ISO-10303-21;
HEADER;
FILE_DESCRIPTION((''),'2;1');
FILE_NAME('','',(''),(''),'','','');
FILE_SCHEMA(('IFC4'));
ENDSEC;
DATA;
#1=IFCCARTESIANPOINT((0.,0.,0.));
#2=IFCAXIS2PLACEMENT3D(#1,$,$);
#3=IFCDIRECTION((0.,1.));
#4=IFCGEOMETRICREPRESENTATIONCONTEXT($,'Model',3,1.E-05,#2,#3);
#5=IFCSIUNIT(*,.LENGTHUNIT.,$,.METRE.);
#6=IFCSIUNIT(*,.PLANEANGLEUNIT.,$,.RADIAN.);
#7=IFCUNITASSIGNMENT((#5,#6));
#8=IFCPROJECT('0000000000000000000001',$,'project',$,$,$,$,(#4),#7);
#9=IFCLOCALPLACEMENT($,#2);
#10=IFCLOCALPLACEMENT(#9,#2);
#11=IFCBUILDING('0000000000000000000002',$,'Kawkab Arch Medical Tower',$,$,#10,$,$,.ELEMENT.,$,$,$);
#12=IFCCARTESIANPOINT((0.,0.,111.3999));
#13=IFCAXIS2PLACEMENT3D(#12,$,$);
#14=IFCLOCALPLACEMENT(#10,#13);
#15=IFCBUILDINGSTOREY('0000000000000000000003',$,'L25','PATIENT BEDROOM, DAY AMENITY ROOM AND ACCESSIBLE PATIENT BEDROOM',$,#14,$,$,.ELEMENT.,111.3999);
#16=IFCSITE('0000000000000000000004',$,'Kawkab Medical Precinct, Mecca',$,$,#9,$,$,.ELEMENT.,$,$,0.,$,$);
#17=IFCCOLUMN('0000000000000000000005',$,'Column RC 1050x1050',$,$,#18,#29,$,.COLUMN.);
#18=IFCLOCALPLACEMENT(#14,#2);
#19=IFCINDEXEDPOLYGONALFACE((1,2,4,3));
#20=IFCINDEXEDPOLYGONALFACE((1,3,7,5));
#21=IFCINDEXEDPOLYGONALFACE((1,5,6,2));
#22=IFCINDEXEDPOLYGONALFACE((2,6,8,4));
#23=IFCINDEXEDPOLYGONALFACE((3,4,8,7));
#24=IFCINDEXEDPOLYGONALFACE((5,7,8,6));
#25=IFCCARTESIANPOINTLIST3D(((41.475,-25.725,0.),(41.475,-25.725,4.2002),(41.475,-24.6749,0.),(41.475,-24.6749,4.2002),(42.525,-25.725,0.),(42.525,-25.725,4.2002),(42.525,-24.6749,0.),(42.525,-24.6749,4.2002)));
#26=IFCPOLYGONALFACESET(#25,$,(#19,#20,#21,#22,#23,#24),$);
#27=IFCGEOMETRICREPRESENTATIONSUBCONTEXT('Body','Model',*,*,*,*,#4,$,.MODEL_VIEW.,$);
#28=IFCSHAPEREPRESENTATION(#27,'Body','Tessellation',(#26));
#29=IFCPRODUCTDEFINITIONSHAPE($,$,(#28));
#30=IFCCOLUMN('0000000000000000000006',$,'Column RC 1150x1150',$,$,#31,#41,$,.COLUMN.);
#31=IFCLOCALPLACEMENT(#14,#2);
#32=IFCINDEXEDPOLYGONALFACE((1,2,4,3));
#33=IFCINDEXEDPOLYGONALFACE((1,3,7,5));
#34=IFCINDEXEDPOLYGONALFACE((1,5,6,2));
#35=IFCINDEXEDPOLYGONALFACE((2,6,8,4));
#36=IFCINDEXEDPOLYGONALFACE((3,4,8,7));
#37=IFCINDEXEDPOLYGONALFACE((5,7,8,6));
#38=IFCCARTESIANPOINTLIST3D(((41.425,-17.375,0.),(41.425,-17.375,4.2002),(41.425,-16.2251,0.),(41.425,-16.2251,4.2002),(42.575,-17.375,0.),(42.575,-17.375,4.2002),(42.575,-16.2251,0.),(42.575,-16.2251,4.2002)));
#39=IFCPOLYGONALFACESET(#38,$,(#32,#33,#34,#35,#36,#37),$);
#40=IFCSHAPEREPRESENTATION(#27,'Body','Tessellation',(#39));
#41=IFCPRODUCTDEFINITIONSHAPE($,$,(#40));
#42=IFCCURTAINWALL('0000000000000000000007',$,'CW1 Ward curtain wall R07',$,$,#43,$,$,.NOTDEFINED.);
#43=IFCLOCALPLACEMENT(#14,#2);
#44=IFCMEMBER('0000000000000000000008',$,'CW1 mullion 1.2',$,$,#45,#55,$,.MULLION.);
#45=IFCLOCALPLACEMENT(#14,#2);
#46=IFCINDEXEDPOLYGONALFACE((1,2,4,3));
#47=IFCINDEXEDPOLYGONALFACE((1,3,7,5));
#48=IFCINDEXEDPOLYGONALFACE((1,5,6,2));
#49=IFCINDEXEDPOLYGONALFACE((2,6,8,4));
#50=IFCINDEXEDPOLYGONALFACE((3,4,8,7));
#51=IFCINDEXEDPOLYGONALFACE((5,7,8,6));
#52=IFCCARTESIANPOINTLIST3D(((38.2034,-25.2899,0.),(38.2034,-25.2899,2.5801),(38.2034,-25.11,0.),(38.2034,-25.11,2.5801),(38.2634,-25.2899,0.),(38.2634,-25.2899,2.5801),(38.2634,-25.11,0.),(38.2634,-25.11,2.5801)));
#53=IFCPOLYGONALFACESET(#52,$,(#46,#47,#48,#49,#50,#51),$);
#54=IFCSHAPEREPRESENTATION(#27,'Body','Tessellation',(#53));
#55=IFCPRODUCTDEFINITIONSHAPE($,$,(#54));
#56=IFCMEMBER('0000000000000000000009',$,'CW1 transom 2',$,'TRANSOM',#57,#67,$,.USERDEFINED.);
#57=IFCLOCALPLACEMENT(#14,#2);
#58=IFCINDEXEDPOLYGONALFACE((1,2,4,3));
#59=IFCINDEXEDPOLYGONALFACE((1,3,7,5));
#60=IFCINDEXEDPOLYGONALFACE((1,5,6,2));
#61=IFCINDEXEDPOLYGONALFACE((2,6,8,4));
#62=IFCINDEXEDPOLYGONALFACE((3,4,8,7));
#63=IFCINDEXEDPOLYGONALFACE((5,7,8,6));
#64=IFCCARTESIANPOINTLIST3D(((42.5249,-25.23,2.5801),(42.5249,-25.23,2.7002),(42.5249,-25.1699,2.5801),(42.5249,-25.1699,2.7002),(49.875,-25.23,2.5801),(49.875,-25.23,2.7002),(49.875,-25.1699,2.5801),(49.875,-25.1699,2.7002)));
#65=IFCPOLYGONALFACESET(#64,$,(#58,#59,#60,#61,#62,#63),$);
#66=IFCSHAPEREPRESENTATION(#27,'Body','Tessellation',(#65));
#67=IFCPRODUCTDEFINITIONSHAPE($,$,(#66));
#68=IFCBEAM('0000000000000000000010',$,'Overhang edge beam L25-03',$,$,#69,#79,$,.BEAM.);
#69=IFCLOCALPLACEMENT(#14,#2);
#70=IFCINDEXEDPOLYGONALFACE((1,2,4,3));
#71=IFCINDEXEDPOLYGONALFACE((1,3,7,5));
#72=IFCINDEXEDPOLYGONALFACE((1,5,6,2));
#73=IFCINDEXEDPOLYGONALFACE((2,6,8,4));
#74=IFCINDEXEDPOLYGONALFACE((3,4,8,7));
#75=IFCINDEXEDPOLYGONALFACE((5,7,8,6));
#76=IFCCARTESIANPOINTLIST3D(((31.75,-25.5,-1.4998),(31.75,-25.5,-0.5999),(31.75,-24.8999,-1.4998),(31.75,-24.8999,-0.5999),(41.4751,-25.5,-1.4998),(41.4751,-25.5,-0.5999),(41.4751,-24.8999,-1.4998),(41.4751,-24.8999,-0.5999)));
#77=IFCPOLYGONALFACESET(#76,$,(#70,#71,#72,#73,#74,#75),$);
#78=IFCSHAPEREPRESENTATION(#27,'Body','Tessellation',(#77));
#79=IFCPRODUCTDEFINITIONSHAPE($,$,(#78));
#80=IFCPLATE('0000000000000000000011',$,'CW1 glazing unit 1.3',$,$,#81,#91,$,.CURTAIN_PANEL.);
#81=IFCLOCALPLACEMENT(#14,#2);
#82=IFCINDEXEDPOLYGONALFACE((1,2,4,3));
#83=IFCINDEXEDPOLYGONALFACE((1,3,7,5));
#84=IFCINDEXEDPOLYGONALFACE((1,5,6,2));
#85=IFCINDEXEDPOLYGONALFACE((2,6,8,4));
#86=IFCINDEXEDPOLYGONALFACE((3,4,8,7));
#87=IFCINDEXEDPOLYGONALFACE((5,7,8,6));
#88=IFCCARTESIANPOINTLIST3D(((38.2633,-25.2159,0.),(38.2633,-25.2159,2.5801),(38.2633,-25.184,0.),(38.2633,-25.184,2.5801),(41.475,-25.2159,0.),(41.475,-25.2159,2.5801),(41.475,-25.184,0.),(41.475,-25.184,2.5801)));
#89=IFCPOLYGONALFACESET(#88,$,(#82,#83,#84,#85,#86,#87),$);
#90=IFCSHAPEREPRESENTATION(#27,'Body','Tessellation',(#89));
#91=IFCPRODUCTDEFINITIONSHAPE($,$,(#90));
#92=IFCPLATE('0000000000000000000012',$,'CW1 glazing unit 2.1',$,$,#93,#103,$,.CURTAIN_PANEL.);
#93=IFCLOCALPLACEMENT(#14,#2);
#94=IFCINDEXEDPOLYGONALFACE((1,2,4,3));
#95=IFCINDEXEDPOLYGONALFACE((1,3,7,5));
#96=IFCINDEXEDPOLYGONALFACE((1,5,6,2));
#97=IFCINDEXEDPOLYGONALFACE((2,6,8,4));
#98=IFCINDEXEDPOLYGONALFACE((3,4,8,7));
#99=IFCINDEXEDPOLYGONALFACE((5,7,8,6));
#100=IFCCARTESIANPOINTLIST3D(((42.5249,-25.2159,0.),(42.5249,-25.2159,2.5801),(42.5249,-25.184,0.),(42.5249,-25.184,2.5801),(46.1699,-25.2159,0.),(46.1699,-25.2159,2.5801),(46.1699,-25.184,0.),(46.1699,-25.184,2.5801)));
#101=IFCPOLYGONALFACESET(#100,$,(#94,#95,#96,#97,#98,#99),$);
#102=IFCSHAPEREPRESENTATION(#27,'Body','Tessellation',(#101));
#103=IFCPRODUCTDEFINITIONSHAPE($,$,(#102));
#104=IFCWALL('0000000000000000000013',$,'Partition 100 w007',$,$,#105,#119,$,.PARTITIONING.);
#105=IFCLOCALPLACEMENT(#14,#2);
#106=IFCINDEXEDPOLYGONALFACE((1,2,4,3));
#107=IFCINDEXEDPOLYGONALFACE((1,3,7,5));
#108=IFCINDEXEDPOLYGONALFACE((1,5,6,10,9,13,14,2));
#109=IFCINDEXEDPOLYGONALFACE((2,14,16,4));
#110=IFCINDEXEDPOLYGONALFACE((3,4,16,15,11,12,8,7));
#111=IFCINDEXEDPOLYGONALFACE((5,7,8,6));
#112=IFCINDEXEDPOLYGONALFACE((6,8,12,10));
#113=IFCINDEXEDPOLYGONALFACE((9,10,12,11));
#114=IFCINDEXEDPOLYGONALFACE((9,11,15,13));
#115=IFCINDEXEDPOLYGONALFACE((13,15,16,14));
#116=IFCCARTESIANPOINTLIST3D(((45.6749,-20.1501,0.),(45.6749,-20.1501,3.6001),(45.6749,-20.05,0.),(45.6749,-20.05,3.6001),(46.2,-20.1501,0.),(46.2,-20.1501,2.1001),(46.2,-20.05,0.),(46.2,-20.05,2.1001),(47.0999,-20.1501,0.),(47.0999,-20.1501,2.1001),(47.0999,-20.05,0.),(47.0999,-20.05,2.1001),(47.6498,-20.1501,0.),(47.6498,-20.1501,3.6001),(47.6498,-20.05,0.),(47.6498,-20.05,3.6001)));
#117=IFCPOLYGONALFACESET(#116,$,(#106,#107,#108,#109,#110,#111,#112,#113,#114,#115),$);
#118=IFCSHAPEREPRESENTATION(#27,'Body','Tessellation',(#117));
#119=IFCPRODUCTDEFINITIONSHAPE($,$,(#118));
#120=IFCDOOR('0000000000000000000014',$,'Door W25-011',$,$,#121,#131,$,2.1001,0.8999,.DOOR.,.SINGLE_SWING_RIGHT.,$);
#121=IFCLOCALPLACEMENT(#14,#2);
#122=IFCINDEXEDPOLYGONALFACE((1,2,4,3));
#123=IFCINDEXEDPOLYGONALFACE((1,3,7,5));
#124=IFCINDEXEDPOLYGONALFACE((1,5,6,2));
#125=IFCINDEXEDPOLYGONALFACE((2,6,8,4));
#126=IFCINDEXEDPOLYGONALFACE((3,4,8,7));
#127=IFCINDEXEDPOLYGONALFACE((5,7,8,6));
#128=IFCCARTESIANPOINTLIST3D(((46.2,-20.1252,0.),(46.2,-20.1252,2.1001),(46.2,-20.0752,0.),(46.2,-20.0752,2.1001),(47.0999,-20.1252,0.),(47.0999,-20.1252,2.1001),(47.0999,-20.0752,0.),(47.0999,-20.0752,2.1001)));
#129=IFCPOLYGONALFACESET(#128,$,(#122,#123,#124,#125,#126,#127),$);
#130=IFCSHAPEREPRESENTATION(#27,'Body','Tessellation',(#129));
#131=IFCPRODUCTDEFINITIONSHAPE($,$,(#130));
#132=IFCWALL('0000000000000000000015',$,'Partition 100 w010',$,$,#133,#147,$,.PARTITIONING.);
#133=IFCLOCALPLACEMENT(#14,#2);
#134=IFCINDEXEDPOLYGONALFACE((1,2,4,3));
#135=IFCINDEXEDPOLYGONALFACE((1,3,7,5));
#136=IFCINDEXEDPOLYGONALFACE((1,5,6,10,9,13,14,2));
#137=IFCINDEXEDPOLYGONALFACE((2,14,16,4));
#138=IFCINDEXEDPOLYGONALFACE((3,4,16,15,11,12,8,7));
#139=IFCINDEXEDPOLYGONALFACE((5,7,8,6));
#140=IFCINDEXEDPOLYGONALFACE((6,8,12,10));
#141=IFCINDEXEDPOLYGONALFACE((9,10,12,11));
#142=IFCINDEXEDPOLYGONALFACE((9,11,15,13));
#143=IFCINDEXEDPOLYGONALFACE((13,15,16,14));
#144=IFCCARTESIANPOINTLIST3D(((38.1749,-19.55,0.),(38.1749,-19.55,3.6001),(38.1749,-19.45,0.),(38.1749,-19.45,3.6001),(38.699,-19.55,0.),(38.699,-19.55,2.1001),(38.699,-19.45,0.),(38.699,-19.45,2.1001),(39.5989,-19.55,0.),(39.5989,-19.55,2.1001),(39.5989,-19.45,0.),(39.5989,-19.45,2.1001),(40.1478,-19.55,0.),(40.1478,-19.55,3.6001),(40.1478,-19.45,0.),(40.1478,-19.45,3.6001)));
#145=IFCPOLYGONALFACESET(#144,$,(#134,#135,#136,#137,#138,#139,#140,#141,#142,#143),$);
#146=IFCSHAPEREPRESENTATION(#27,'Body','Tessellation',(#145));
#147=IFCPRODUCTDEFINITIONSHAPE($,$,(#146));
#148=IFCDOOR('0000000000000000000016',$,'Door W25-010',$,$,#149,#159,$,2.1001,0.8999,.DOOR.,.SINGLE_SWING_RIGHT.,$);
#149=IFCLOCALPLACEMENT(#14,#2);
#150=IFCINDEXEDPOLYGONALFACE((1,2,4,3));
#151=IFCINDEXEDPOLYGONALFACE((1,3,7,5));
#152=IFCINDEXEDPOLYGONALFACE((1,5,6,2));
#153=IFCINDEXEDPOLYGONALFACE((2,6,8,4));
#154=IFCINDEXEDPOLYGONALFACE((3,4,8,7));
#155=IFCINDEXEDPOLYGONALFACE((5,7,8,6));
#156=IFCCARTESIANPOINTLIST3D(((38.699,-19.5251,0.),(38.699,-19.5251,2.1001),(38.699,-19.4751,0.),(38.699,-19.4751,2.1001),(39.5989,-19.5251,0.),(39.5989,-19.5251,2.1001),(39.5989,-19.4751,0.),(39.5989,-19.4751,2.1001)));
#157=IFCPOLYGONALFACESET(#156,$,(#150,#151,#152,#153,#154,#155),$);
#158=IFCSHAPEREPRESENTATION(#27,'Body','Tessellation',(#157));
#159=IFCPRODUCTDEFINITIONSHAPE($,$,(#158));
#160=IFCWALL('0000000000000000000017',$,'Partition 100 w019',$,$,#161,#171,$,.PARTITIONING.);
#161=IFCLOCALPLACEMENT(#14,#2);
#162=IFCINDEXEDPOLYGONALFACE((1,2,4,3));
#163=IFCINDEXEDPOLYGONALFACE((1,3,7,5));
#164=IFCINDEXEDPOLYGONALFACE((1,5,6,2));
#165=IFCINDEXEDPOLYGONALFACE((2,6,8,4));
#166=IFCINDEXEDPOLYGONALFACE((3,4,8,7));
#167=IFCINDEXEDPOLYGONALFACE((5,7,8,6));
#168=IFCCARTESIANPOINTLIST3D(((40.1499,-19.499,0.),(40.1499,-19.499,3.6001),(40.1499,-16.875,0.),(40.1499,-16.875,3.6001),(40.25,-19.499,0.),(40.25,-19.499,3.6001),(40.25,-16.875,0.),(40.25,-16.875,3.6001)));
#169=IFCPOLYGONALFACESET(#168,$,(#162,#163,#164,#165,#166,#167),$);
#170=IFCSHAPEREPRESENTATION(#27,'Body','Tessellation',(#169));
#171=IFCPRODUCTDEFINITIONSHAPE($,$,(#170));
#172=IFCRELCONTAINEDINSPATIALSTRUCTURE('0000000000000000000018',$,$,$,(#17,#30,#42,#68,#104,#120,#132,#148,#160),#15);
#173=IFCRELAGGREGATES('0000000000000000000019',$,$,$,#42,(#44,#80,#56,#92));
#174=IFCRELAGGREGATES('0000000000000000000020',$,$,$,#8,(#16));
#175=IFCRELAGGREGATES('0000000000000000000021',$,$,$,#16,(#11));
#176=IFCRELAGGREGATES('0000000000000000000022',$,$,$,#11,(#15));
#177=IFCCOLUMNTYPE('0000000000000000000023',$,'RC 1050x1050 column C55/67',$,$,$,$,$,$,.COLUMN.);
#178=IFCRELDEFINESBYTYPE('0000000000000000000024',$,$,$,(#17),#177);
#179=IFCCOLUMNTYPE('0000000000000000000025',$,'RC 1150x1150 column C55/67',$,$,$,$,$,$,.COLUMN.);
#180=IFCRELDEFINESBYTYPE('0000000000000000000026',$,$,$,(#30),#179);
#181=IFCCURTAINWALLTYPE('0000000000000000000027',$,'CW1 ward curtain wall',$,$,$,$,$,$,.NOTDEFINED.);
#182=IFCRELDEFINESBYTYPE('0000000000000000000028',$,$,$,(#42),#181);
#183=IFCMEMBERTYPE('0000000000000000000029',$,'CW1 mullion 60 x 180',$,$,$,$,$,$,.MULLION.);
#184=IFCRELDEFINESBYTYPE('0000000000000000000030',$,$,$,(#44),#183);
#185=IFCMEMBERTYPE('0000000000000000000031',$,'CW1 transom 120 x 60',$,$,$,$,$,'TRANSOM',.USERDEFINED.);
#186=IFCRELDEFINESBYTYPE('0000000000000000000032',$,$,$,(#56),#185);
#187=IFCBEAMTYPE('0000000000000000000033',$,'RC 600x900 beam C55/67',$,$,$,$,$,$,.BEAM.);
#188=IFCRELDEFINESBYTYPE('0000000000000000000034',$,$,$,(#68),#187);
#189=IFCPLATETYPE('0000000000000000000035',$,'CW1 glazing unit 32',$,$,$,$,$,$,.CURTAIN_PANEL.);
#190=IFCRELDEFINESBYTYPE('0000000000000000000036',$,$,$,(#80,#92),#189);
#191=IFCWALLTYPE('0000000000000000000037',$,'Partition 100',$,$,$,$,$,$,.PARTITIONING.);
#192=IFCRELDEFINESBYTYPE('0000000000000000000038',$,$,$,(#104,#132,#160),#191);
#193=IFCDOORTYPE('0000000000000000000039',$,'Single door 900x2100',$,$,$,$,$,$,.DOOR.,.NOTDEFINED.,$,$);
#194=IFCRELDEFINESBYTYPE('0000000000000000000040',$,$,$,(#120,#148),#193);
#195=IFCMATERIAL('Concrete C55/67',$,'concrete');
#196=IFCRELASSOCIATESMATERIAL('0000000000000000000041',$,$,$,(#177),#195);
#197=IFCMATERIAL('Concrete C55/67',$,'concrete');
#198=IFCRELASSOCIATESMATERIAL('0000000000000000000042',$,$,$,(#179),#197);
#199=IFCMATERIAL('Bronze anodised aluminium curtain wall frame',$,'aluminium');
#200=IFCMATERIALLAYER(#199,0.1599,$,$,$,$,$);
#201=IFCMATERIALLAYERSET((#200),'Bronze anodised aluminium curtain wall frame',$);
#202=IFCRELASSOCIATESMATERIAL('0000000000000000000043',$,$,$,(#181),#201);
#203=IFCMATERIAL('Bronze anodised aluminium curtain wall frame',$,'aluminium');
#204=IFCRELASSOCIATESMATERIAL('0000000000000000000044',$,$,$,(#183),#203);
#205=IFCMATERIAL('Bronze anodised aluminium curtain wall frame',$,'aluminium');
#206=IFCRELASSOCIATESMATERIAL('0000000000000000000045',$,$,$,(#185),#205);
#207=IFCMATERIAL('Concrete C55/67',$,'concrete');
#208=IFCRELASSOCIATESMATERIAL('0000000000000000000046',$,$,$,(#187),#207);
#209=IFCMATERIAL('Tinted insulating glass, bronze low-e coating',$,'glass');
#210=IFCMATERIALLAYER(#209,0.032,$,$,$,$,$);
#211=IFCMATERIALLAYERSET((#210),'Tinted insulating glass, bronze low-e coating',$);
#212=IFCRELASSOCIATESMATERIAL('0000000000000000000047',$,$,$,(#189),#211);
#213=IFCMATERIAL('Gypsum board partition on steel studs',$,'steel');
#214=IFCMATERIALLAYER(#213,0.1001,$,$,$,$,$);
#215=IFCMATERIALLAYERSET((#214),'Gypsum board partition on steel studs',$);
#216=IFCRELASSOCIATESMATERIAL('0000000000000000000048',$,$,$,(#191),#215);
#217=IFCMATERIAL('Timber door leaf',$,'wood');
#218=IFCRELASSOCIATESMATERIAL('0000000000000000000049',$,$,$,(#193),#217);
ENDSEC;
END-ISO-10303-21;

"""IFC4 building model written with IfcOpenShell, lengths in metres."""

from ifc_helpers import new_model, si_unit, direction, frame, frame_2d, origin, origin_2d, place, context, subcontext, project, spatial, rectangle, extrude, material, layer, layer_set, material_profile, profile_set, type_object, element, fill, aggregate, save


model = new_model("IFC4")

# Units and contexts
model_context = context("Model", 3, precision=1e-05, world=origin(), true_north=direction((0.0, 1.0)))
body_context = subcontext(model_context, "Body", "Model", "MODEL_VIEW")
ifc_project = project(units=[si_unit("LENGTHUNIT", "METRE"), si_unit("PLANEANGLEUNIT", "RADIAN")], contexts=[model_context])

# Site, building, storey
site_placement = place(None, origin())
site = spatial("IfcSite", under=ifc_project, at=site_placement, Name="Kawkab Medical Precinct, Mecca", CompositionType="ELEMENT", RefElevation=0.0)
building_placement = place(site_placement, origin())
building = spatial("IfcBuilding", under=site, at=building_placement, Name="Kawkab Arch Medical Tower", CompositionType="ELEMENT")
storey_placement = place(building_placement, frame((0.0, 0.0, 111.3999)))
storey = spatial("IfcBuildingStorey", under=building, at=storey_placement, Name="L25", Description="PATIENT BEDROOM, DAY AMENITY ROOM AND ACCESSIBLE PATIENT BEDROOM", CompositionType="ELEMENT", Elevation=111.3999)

# Columns
ifc_material_1 = material(Name="Concrete C55/67", Category="concrete")
ifc_material_profile_1 = material_profile(ifc_material_1, rectangle(XDim=1.05, YDim=1.05, at=origin_2d()), Name="RC 1050x1050")
ifc_profile_set_1 = profile_set([ifc_material_profile_1], Name="Concrete C55/67")
column_type_1 = type_object("IfcColumnType", Name="RC 1050x1050 column C55/67", PredefinedType="COLUMN", material=ifc_profile_set_1)
column_1_placement = place(storey_placement, frame((42.0, -25.2, 0.0), z_axis=(0.0, 0.0, 1.0), x_axis=(1.0, 0.0, 0.0)))
element("IfcColumn", 1, at=column_1_placement, inside=storey, type_object=column_type_1, Name="Column RC 1050x1050", PredefinedType="COLUMN", context=body_context, shape_type="SweptSolid", body=[
    extrude(rectangle(XDim=1.05, YDim=1.05, at=origin_2d()), origin(), (0.0, 0.0, 1.0), 4.2002),
])
ifc_material_2 = material(Name="Concrete C55/67", Category="concrete")
ifc_material_profile_2 = material_profile(ifc_material_2, rectangle(XDim=1.1499, YDim=1.1499, at=origin_2d()), Name="RC 1150x1150")
ifc_profile_set_2 = profile_set([ifc_material_profile_2], Name="Concrete C55/67")
column_type_2 = type_object("IfcColumnType", Name="RC 1150x1150 column C55/67", PredefinedType="COLUMN", material=ifc_profile_set_2)
column_2_placement = place(storey_placement, frame((42.0, -16.8, 0.0), z_axis=(0.0, 0.0, 1.0), x_axis=(1.0, 0.0, 0.0)))
element("IfcColumn", 2, at=column_2_placement, inside=storey, type_object=column_type_2, Name="Column RC 1150x1150", PredefinedType="COLUMN", context=body_context, shape_type="SweptSolid", body=[
    extrude(rectangle(XDim=1.1499, YDim=1.1499, at=origin_2d()), origin(), (0.0, 0.0, 1.0), 4.2002),
])

# Curtain wall, members
ifc_material_3 = material(Name="Bronze anodised aluminium curtain wall frame", Category="aluminium")
ifc_layer_1 = layer(ifc_material_3, 0.1599)
ifc_layer_set_1 = layer_set([ifc_layer_1], Name="Bronze anodised aluminium curtain wall frame")
curtain_wall_type = type_object("IfcCurtainWallType", Name="CW1 ward curtain wall", PredefinedType="NOTDEFINED", material=ifc_layer_set_1)
curtain_wall_placement = place(storey_placement, origin())
curtain_wall = element("IfcCurtainWall", 3, at=curtain_wall_placement, inside=storey, type_object=curtain_wall_type, Name="CW1 Ward curtain wall R07", PredefinedType="NOTDEFINED")
ifc_material_4 = material(Name="Bronze anodised aluminium curtain wall frame", Category="aluminium")
ifc_material_profile_3 = material_profile(ifc_material_4, rectangle(XDim=0.1799, YDim=0.0601, at=origin_2d()), Name="AL 60x180")
ifc_profile_set_3 = profile_set([ifc_material_profile_3], Name="Bronze anodised aluminium curtain wall frame")
member_type_1 = type_object("IfcMemberType", Name="CW1 mullion 60 x 180", PredefinedType="MULLION", material=ifc_profile_set_3)
member_1_placement = place(storey_placement, frame((38.2334, -25.2, 0.0), z_axis=(0.0, 0.0, 1.0), x_axis=(0.0, 1.0, 0.0)))
member_1 = element("IfcMember", 4, at=member_1_placement, type_object=member_type_1, Name="CW1 mullion 1.2", PredefinedType="MULLION", context=body_context, shape_type="SweptSolid", body=[
    extrude(rectangle(XDim=0.1799, YDim=0.0601, at=origin_2d()), origin(), (0.0, 0.0, 1.0), 2.5801),
])
ifc_material_5 = material(Name="Bronze anodised aluminium curtain wall frame", Category="aluminium")
ifc_material_profile_4 = material_profile(ifc_material_5, rectangle(XDim=0.0601, YDim=0.1201, at=origin_2d()), Name="AL 60x120")
ifc_profile_set_4 = profile_set([ifc_material_profile_4], Name="Bronze anodised aluminium curtain wall frame")
member_type_2 = type_object("IfcMemberType", Name="CW1 transom 120 x 60", ElementType="TRANSOM", PredefinedType="USERDEFINED", material=ifc_profile_set_4)
member_2_placement = place(storey_placement, frame((42.5249, -25.2, 2.6401), z_axis=(1.0, 0.0, 0.0), x_axis=(0.0, 1.0, 0.0)))
member_2 = element("IfcMember", 5, at=member_2_placement, type_object=member_type_2, Name="CW1 transom 2", ObjectType="TRANSOM", PredefinedType="USERDEFINED", context=body_context, shape_type="SweptSolid", body=[
    extrude(rectangle(XDim=0.0601, YDim=0.1201, at=origin_2d()), origin(), (0.0, 0.0, 1.0), 7.3501),
])

# Beam
ifc_material_6 = material(Name="Concrete C55/67", Category="concrete")
ifc_material_profile_5 = material_profile(ifc_material_6, rectangle(XDim=0.6001, YDim=0.8999, at=origin_2d()), Name="RC 600x900")
ifc_profile_set_5 = profile_set([ifc_material_profile_5], Name="Concrete C55/67")
beam_type = type_object("IfcBeamType", Name="RC 600x900 beam C55/67", PredefinedType="BEAM", material=ifc_profile_set_5)
beam_placement = place(storey_placement, frame((41.4751, -25.2, -1.0498), z_axis=(-1.0, 0.0, 0.0), x_axis=(0.0, -1.0, 0.0)))
element("IfcBeam", 6, at=beam_placement, inside=storey, type_object=beam_type, Name="Overhang edge beam L25-03", PredefinedType="BEAM", context=body_context, shape_type="SweptSolid", body=[
    extrude(rectangle(XDim=0.6001, YDim=0.8999, at=origin_2d()), origin(), (0.0, 0.0, 1.0), 9.7251),
])

# Plates
ifc_material_7 = material(Name="Tinted insulating glass, bronze low-e coating", Category="glass")
ifc_layer_2 = layer(ifc_material_7, 0.032)
ifc_layer_set_2 = layer_set([ifc_layer_2], Name="Tinted insulating glass, bronze low-e coating")
plate_type = type_object("IfcPlateType", Name="CW1 glazing unit 32", PredefinedType="CURTAIN_PANEL", material=ifc_layer_set_2)
plate_1_placement = place(storey_placement, frame((39.8691, -25.2, 0.0), z_axis=(0.0, 0.0, 1.0), x_axis=(1.0, 0.0, 0.0)))
plate_1 = element("IfcPlate", 7, at=plate_1_placement, type_object=plate_type, Name="CW1 glazing unit 1.3", PredefinedType="CURTAIN_PANEL", context=body_context, shape_type="SweptSolid", body=[
    extrude(rectangle(XDim=3.2117, YDim=0.032, at=origin_2d()), origin(), (0.0, 0.0, 1.0), 2.5801),
])
plate_2_placement = place(storey_placement, frame((44.3474, -25.2, 0.0), z_axis=(0.0, 0.0, 1.0), x_axis=(1.0, 0.0, 0.0)))
plate_2 = element("IfcPlate", 8, at=plate_2_placement, type_object=plate_type, Name="CW1 glazing unit 2.1", PredefinedType="CURTAIN_PANEL", context=body_context, shape_type="SweptSolid", body=[
    extrude(rectangle(XDim=3.645, YDim=0.032, at=origin_2d()), origin(), (0.0, 0.0, 1.0), 2.5801),
])
aggregate(curtain_wall, [member_1, plate_1, member_2, plate_2])

# Walls, openings, doors
ifc_material_8 = material(Name="Gypsum board partition on steel studs", Category="steel")
ifc_layer_3 = layer(ifc_material_8, 0.1001)
ifc_layer_set_3 = layer_set([ifc_layer_3], Name="Gypsum board partition on steel studs")
wall_type_1 = type_object("IfcWallType", Name="Partition 100", PredefinedType="PARTITIONING", material=ifc_layer_set_3)
wall_1_placement = place(storey_placement, frame((45.675, -20.1001, 0.0), z_axis=(0.0, 0.0, 1.0), x_axis=(1.0, 0.0, 0.0)))
wall_1 = element("IfcWall", 9, at=wall_1_placement, inside=storey, type_object=wall_type_1, Name="Partition 100 w007", PredefinedType="PARTITIONING", context=body_context, shape_type="SweptSolid", body=[
    extrude(rectangle(XDim=1.9749, YDim=0.1001, at=frame_2d((0.9873, 0.0))), origin(), (0.0, 0.0, 1.0), 3.6001),
])
opening_1_placement = place(wall_1_placement, frame((0.5249, 0.0, 0.0)))
opening_1 = element("IfcOpeningElement", 10, at=opening_1_placement, cuts=wall_1, PredefinedType="OPENING", context=body_context, shape_type="SweptSolid", body=[
    extrude(rectangle(XDim=0.8999, YDim=2.1001, at=frame_2d((0.45, 1.05))), frame((0.0, 0.0601, 0.0), z_axis=(0.0, -1.0, 0.0), x_axis=(1.0, 0.0, 0.0)), (0.0, 0.0, 1.0), 0.1201),
])
ifc_material_9 = material(Name="Timber door leaf", Category="wood")
door_type = type_object("IfcDoorType", Name="Single door 900x2100", OperationType="NOTDEFINED", PredefinedType="DOOR", material=ifc_material_9)
door_1_placement = place(opening_1_placement, origin())
door_1 = element("IfcDoor", 11, at=door_1_placement, inside=storey, type_object=door_type, Name="Door W25-011", OperationType="SINGLE_SWING_RIGHT", OverallHeight=2.1001, OverallWidth=0.8999, PredefinedType="DOOR", context=body_context, shape_type="SweptSolid", body=[
    extrude(rectangle(XDim=0.8999, YDim=2.1001, at=frame_2d((0.45, 1.05))), frame((0.0, 0.0249, 0.0), z_axis=(0.0, -1.0, 0.0), x_axis=(1.0, 0.0, 0.0)), (0.0, 0.0, 1.0), 0.05),
])
fill(opening_1, door_1)
wall_2_placement = place(storey_placement, frame((38.175, -19.5, 0.0), z_axis=(0.0, 0.0, 1.0), x_axis=(1.0, 0.0, 0.0)))
wall_2 = element("IfcWall", 12, at=wall_2_placement, inside=storey, type_object=wall_type_1, Name="Partition 100 w010", PredefinedType="PARTITIONING", context=body_context, shape_type="SweptSolid", body=[
    extrude(rectangle(XDim=1.9729, YDim=0.1001, at=frame_2d((0.9863, 0.0))), origin(), (0.0, 0.0, 1.0), 3.6001),
])
opening_2_placement = place(wall_2_placement, frame((0.5239, 0.0, 0.0)))
opening_2 = element("IfcOpeningElement", 13, at=opening_2_placement, cuts=wall_2, PredefinedType="OPENING", context=body_context, shape_type="SweptSolid", body=[
    extrude(rectangle(XDim=0.8999, YDim=2.1001, at=frame_2d((0.45, 1.05))), frame((0.0, 0.0601, 0.0), z_axis=(0.0, -1.0, 0.0), x_axis=(1.0, 0.0, 0.0)), (0.0, 0.0, 1.0), 0.1201),
])
door_2_placement = place(opening_2_placement, origin())
door_2 = element("IfcDoor", 14, at=door_2_placement, inside=storey, type_object=door_type, Name="Door W25-010", OperationType="SINGLE_SWING_RIGHT", OverallHeight=2.1001, OverallWidth=0.8999, PredefinedType="DOOR", context=body_context, shape_type="SweptSolid", body=[
    extrude(rectangle(XDim=0.8999, YDim=2.1001, at=frame_2d((0.45, 1.05))), frame((0.0, 0.0249, 0.0), z_axis=(0.0, -1.0, 0.0), x_axis=(1.0, 0.0, 0.0)), (0.0, 0.0, 1.0), 0.05),
])
fill(opening_2, door_2)

# Wall
wall_3_placement = place(storey_placement, frame((40.2, -19.499, 0.0), z_axis=(0.0, 0.0, 1.0), x_axis=(0.0, 1.0, 0.0)))
element("IfcWall", 15, at=wall_3_placement, inside=storey, type_object=wall_type_1, Name="Partition 100 w019", PredefinedType="PARTITIONING", context=body_context, shape_type="SweptSolid", body=[
    extrude(rectangle(XDim=2.624, YDim=0.1001, at=frame_2d((1.312, 0.0))), origin(), (0.0, 0.0, 1.0), 3.6001),
])

save(model, "model.ifc")
